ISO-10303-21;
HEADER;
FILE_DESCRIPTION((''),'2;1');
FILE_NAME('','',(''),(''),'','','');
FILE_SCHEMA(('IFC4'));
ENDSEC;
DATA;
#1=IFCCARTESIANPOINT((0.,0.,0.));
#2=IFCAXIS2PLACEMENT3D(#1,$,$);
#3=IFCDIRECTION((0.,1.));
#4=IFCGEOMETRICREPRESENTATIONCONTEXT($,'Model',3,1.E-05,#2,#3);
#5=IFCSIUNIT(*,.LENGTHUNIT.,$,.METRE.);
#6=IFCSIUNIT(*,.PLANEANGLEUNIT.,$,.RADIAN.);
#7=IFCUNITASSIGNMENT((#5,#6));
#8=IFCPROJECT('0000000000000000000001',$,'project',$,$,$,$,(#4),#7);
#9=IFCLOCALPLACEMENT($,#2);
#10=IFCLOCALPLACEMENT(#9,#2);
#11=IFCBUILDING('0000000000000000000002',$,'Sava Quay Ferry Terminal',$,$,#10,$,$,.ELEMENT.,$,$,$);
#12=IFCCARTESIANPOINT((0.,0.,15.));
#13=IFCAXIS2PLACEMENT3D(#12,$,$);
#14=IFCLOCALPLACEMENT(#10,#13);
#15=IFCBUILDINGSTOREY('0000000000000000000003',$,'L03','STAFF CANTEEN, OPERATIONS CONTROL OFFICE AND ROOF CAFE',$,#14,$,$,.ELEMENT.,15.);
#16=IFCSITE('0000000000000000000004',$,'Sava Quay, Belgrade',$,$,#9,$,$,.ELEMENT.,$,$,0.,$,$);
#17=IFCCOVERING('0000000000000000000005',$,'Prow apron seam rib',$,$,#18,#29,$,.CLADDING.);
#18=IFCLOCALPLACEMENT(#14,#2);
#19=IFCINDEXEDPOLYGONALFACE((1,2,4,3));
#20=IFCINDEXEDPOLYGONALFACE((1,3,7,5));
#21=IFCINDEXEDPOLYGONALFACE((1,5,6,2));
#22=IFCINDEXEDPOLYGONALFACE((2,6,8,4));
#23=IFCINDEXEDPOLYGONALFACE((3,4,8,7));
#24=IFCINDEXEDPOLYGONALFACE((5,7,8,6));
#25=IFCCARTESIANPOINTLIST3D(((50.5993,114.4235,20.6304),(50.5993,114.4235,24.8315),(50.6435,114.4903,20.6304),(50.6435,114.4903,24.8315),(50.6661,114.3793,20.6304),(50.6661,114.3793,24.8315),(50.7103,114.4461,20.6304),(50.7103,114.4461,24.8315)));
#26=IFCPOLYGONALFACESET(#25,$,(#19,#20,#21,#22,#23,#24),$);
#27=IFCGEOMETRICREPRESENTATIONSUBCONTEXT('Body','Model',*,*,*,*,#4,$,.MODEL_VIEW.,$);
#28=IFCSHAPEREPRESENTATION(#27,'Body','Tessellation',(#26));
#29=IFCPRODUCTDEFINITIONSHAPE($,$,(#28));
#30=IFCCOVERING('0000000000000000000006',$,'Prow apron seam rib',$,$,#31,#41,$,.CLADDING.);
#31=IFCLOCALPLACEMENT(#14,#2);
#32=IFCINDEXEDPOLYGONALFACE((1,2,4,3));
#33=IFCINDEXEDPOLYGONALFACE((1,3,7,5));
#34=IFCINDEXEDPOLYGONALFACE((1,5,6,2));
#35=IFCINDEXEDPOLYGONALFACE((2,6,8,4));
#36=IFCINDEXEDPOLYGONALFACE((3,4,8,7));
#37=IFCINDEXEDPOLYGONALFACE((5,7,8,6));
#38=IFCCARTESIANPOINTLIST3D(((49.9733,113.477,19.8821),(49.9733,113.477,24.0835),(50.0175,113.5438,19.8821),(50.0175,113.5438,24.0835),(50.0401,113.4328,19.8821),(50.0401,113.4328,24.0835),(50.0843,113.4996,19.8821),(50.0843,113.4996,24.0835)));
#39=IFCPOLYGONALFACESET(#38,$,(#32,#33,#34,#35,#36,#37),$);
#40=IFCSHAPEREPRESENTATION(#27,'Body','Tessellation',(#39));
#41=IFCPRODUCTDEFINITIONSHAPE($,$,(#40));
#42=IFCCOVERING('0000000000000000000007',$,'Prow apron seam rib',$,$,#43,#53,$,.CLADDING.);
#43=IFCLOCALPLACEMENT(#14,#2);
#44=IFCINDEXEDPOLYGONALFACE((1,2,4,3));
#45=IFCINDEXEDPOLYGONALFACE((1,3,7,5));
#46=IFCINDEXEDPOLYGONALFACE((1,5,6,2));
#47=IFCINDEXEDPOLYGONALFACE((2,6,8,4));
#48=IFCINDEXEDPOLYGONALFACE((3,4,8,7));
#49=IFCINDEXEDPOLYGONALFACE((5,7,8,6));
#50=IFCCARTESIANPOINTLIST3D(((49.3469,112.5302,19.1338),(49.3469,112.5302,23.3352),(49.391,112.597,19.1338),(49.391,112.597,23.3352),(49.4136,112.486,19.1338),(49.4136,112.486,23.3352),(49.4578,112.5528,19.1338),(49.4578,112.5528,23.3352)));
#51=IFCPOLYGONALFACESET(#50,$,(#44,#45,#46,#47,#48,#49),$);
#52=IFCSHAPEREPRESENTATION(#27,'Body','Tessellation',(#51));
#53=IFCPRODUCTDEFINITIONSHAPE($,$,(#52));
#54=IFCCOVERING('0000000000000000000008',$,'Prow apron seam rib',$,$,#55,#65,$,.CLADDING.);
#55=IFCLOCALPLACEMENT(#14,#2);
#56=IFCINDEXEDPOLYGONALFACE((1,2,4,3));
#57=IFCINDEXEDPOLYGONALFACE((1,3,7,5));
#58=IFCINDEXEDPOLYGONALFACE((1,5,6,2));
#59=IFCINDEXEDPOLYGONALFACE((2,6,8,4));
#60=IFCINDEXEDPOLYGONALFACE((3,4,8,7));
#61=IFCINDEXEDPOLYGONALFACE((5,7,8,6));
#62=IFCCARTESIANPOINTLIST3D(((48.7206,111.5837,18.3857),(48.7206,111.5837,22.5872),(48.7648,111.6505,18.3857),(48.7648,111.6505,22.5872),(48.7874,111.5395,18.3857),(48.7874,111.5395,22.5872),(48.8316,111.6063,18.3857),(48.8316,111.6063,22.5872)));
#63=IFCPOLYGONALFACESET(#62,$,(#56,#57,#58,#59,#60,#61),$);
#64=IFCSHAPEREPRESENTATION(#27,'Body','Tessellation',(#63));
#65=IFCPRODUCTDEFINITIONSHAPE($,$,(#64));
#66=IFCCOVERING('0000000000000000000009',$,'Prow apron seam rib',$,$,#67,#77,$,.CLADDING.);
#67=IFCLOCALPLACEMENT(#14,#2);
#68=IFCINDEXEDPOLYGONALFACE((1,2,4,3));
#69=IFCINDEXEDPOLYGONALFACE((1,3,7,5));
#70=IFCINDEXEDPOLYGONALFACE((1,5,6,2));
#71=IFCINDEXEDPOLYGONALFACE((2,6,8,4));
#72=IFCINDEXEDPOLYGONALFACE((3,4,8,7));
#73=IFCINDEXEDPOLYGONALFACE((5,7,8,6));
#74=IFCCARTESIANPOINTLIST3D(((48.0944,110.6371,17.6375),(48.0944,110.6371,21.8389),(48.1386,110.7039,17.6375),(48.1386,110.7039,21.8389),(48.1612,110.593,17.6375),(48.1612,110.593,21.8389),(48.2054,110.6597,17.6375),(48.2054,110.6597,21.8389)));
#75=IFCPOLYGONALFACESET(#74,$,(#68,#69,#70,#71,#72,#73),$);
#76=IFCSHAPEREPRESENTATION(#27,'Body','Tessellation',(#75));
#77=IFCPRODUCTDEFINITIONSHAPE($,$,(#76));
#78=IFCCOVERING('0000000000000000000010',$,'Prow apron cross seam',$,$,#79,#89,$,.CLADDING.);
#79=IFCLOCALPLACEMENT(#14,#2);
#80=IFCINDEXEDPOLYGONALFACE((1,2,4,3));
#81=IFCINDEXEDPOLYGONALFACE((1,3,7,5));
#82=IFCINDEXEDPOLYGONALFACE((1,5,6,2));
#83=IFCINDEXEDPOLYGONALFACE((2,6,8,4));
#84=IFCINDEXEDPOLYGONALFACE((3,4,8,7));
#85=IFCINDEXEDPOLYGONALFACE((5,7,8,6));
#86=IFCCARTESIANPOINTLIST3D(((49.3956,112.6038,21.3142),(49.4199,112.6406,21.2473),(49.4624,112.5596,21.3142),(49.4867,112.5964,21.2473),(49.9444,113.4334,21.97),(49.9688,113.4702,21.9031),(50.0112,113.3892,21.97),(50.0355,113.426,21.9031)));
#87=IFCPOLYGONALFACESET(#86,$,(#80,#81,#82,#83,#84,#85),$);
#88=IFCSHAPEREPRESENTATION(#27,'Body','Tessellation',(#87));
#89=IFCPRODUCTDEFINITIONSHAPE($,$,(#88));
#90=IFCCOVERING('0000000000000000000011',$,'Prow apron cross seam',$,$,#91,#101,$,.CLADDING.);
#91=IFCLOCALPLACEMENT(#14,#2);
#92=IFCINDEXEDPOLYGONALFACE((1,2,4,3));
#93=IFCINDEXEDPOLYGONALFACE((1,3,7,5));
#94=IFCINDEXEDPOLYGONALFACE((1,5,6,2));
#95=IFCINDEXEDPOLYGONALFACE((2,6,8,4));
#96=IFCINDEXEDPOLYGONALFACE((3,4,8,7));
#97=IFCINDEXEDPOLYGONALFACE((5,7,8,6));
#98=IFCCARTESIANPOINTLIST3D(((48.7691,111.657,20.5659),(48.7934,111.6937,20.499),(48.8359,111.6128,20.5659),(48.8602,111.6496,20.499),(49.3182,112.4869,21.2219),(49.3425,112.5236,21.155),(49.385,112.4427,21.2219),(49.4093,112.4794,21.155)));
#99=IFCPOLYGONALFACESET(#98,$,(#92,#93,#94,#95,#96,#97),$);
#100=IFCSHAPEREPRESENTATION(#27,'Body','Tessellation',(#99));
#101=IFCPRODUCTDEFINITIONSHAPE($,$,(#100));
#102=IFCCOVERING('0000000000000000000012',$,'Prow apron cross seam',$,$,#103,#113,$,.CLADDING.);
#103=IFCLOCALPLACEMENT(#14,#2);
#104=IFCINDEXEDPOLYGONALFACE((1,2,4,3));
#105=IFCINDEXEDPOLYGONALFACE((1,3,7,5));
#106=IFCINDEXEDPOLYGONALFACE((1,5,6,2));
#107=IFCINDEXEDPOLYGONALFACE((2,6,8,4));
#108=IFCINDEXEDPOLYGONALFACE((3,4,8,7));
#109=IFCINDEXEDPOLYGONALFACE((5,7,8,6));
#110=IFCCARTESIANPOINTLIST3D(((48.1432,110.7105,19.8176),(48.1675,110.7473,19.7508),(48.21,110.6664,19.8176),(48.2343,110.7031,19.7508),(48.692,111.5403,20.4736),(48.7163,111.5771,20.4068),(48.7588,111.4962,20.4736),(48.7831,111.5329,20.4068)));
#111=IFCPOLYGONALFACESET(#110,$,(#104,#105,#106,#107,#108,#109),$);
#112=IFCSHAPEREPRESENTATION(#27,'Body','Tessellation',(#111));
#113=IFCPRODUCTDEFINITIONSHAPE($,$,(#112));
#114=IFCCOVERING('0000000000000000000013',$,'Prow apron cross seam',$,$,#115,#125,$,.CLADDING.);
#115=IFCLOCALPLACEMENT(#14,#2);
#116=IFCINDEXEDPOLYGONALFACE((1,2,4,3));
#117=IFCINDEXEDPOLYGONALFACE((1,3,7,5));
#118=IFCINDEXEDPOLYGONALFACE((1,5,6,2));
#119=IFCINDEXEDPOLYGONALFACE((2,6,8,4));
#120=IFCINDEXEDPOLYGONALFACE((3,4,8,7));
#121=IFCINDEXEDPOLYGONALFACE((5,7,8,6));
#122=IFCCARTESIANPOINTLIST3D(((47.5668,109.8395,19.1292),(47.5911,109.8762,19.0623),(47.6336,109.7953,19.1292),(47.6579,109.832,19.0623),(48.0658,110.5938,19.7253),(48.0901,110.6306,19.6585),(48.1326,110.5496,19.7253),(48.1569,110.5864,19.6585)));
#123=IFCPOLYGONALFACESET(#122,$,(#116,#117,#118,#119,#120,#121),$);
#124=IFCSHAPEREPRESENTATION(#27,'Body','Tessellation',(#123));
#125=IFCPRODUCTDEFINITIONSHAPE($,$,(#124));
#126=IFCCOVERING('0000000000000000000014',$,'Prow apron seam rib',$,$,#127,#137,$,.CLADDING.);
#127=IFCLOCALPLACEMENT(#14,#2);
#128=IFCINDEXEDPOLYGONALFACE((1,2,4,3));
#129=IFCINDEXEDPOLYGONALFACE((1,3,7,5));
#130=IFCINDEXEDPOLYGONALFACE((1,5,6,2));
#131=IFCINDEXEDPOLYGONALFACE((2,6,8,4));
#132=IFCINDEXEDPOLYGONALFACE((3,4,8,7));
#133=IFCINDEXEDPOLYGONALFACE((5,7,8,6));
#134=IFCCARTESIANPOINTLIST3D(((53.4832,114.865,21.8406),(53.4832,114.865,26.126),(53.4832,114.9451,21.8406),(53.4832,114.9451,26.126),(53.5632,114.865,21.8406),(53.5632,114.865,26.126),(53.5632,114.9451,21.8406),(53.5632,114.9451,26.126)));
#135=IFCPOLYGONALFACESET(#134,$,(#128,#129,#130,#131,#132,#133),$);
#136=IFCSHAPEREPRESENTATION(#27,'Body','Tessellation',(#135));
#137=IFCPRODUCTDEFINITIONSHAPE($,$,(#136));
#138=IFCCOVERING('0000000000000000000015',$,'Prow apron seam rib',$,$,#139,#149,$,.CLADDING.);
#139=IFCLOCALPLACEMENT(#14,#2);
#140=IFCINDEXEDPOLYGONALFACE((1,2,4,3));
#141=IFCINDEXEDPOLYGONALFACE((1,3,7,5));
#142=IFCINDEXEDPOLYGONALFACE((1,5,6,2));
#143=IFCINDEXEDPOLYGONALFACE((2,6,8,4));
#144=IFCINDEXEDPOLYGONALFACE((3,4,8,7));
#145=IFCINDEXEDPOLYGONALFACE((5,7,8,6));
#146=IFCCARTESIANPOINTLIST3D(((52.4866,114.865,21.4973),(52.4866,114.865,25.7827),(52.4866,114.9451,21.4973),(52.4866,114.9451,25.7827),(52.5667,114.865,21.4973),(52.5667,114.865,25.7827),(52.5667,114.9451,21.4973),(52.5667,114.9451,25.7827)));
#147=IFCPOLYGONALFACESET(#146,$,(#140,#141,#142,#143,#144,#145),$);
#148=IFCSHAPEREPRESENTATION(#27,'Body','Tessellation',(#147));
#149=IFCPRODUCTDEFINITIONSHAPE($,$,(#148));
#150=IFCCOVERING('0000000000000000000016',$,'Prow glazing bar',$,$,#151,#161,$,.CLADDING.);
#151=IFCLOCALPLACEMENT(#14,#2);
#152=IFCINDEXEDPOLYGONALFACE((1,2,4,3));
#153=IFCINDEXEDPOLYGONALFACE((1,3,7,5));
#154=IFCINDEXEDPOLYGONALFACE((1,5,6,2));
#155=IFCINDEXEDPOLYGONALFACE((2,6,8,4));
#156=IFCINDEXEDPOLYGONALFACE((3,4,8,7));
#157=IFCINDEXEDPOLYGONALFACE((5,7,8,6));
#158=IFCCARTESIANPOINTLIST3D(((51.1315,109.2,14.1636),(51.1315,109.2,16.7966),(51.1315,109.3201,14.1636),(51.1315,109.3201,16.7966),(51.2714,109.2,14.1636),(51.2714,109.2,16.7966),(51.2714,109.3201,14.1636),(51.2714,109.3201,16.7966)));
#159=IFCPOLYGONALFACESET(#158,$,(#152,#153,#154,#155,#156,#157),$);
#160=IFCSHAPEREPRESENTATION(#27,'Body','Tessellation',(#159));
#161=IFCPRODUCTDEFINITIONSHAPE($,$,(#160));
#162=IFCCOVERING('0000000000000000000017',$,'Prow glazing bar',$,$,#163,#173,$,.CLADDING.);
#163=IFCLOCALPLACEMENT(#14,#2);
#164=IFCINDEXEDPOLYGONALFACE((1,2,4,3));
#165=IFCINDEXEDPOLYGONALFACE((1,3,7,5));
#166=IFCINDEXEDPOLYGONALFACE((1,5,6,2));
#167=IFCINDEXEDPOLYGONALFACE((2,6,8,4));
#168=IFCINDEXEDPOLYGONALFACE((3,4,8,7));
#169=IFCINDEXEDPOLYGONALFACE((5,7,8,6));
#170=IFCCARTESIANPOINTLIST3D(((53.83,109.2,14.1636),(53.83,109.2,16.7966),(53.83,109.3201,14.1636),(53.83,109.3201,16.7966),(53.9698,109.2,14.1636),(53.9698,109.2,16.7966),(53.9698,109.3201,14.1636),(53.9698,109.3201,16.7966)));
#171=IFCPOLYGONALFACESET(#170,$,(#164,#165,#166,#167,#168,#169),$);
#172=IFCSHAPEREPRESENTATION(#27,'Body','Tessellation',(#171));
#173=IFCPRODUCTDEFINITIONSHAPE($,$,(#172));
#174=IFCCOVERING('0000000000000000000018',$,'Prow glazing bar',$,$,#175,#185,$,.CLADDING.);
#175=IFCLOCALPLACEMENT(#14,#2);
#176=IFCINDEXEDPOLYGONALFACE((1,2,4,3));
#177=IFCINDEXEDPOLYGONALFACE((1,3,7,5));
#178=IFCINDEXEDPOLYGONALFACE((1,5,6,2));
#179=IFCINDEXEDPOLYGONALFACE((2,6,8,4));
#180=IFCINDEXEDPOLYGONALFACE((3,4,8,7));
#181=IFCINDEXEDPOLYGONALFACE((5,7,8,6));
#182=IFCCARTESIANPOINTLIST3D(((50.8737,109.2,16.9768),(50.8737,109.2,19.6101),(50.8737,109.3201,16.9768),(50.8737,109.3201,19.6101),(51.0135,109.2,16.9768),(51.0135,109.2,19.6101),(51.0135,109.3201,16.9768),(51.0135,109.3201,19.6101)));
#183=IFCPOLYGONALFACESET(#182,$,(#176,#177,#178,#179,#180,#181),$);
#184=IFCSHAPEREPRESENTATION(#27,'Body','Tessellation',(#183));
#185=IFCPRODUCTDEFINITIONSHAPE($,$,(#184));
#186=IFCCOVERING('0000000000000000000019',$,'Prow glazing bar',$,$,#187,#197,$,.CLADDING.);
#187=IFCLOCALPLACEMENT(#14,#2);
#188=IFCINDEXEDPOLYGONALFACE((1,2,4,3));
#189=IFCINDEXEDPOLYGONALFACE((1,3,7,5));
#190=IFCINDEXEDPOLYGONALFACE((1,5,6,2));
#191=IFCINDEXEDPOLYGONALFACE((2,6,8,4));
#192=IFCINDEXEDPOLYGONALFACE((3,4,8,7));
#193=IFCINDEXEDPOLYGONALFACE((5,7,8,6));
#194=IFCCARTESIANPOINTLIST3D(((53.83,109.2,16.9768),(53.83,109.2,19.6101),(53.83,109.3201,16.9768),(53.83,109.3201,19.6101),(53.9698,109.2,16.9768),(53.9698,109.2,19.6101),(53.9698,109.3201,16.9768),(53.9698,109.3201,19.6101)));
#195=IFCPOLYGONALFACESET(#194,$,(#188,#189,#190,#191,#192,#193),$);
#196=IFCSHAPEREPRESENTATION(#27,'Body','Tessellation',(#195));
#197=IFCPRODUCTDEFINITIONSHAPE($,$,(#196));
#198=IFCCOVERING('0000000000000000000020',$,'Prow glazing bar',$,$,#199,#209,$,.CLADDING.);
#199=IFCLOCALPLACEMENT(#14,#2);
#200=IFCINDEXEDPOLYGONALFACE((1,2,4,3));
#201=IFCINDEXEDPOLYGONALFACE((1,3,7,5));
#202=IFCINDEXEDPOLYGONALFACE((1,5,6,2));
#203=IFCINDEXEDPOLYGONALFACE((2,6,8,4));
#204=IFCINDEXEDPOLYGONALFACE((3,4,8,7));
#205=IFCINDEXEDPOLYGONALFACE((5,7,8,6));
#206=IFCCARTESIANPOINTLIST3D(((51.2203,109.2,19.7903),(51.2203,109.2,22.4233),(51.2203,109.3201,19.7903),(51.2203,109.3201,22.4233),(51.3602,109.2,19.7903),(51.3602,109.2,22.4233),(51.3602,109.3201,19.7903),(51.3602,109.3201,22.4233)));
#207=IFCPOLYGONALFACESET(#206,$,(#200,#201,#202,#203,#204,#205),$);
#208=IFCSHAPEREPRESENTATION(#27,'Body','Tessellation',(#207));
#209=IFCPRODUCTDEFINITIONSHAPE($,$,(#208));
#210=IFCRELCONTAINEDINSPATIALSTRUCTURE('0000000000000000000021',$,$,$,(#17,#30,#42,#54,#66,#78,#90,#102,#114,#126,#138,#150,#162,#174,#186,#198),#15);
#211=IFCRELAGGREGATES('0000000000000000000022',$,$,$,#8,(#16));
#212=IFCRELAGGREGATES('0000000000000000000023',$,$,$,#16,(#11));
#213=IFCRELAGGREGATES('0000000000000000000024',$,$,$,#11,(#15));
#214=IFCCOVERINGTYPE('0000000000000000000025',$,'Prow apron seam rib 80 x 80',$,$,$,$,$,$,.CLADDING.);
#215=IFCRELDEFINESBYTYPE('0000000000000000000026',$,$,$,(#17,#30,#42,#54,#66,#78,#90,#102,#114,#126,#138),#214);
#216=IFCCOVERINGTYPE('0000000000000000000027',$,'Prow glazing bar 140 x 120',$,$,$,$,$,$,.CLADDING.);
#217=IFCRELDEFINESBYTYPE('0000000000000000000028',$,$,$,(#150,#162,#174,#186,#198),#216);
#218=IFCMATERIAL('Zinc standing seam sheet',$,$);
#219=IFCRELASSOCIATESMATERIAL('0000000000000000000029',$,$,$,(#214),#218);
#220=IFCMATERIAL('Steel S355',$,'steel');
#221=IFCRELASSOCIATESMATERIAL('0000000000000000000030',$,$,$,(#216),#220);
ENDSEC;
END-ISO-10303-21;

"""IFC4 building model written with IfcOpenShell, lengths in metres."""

from ifc_helpers import new_model, si_unit, direction, frame, origin, origin_2d, place, context, subcontext, project, spatial, rectangle, extrude, material, material_profile, profile_set, type_object, element, save


model = new_model("IFC4")

# Units and contexts
model_context = context("Model", 3, precision=1e-05, world=origin(), true_north=direction((0.0, 1.0)))
body_context = subcontext(model_context, "Body", "Model", "MODEL_VIEW")
ifc_project = project(units=[si_unit("LENGTHUNIT", "METRE"), si_unit("PLANEANGLEUNIT", "RADIAN")], contexts=[model_context])

# Site, building, storey
site_placement = place(None, origin())
site = spatial("IfcSite", under=ifc_project, at=site_placement, Name="Sava Quay, Belgrade", CompositionType="ELEMENT", RefElevation=0.0)
building_placement = place(site_placement, origin())
building = spatial("IfcBuilding", under=site, at=building_placement, Name="Sava Quay Ferry Terminal", CompositionType="ELEMENT")
storey_placement = place(building_placement, frame((0.0, 0.0, 15.0)))
storey = spatial("IfcBuildingStorey", under=building, at=storey_placement, Name="L03", Description="STAFF CANTEEN, OPERATIONS CONTROL OFFICE AND ROOF CAFE", CompositionType="ELEMENT", Elevation=15.0)

# Coverings
ifc_material_1 = material(Name="Zinc standing seam sheet")
ifc_material_profile_1 = material_profile(ifc_material_1, rectangle(XDim=0.0801, YDim=0.0801, at=origin_2d()), Name="Strip 80 x 80")
ifc_profile_set_1 = profile_set([ifc_material_profile_1], Name="Zinc standing seam sheet")
covering_type_1 = type_object("IfcCoveringType", Name="Prow apron seam rib 80 x 80", PredefinedType="CLADDING", material=ifc_profile_set_1)
covering_1_placement = place(storey_placement, frame((50.6548, 114.4348, 20.6304), z_axis=(0.0, 0.0, 1.0), x_axis=(0.551747, 0.834012, 0.0)))
element("IfcCovering", 1, at=covering_1_placement, inside=storey, type_object=covering_type_1, Name="Prow apron seam rib", PredefinedType="CLADDING", context=body_context, shape_type="SweptSolid", body=[
    extrude(rectangle(XDim=0.0801, YDim=0.0801, at=origin_2d()), origin(), (0.0, 0.0, 1.0), 4.2012),
])
for number, where, z_axis, x_axis, name in (
    (2, (50.0288, 113.4883, 19.8821), (0.0, 0.0, 1.0), (0.551747, 0.834012, 0.0), "Prow apron seam rib"),
    (3, (49.4023, 112.5415, 19.1338), (0.0, 0.0, 1.0), (0.551747, 0.834012, 0.0), "Prow apron seam rib"),
    (4, (48.7761, 111.595, 18.3857), (0.0, 0.0, 1.0), (0.551747, 0.834012, 0.0), "Prow apron seam rib"),
    (5, (48.1499, 110.6484, 17.6375), (0.0, 0.0, 1.0), (0.551747, 0.834012, 0.0), "Prow apron seam rib"),
):
    element("IfcCovering", number, at=place(storey_placement, frame(where, z_axis=z_axis, x_axis=x_axis)), inside=storey, type_object=covering_type_1, Name=name, PredefinedType="CLADDING", context=body_context, shape_type="SweptSolid", body=[
        extrude(rectangle(XDim=0.0801, YDim=0.0801, at=origin_2d()), origin(), (0.0, 0.0, 1.0), 4.2014),
    ])
covering_2_placement = place(storey_placement, frame((49.99, 113.4297, 21.9365), z_axis=(-0.460655, -0.69631, -0.550409), x_axis=(-0.303689, -0.459046, 0.834895)))
element("IfcCovering", 6, at=covering_2_placement, inside=storey, type_object=covering_type_1, Name="Prow apron cross seam", PredefinedType="CLADDING", context=body_context, shape_type="SweptSolid", body=[
    extrude(rectangle(XDim=0.0801, YDim=0.0801, at=origin_2d()), origin(), (0.0, 0.0, 1.0), 1.1914),
])
covering_3_placement = place(storey_placement, frame((49.3638, 112.4832, 21.1885), z_axis=(-0.460698, -0.696271, -0.550421), x_axis=(-0.303727, -0.459035, 0.834887)))
element("IfcCovering", 7, at=covering_3_placement, inside=storey, type_object=covering_type_1, Name="Prow apron cross seam", PredefinedType="CLADDING", context=body_context, shape_type="SweptSolid", body=[
    extrude(rectangle(XDim=0.0801, YDim=0.0801, at=origin_2d()), origin(), (0.0, 0.0, 1.0), 1.1919),
])
covering_4_placement = place(storey_placement, frame((48.7375, 111.5366, 20.4402), z_axis=(-0.460537, -0.696337, -0.550473), x_axis=(-0.303662, -0.45914, 0.834853)))
element("IfcCovering", 8, at=covering_4_placement, inside=storey, type_object=covering_type_1, Name="Prow apron cross seam", PredefinedType="CLADDING", context=body_context, shape_type="SweptSolid", body=[
    extrude(rectangle(XDim=0.0801, YDim=0.0801, at=origin_2d()), origin(), (0.0, 0.0, 1.0), 1.1917),
])
covering_5_placement = place(storey_placement, frame((48.1113, 110.5901, 19.6919), z_axis=(-0.460643, -0.696374, -0.550338), x_axis=(-0.303625, -0.459003, 0.834942)))
element("IfcCovering", 9, at=covering_5_placement, inside=storey, type_object=covering_type_1, Name="Prow apron cross seam", PredefinedType="CLADDING", context=body_context, shape_type="SweptSolid", body=[
    extrude(rectangle(XDim=0.0801, YDim=0.0801, at=origin_2d()), origin(), (0.0, 0.0, 1.0), 1.0833),
])
for number, where, z_axis, x_axis, name in (
    (10, (53.5232, 114.905, 21.8406), (0.0, 0.0, 1.0), (1.0, 0.0, 0.0), "Prow apron seam rib"),
    (11, (52.5266, 114.905, 21.4973), (0.0, 0.0, 1.0), (1.0, 0.0, 0.0), "Prow apron seam rib"),
):
    element("IfcCovering", number, at=place(storey_placement, frame(where, z_axis=z_axis, x_axis=x_axis)), inside=storey, type_object=covering_type_1, Name=name, PredefinedType="CLADDING", context=body_context, shape_type="SweptSolid", body=[
        extrude(rectangle(XDim=0.0801, YDim=0.0801, at=origin_2d()), origin(), (0.0, 0.0, 1.0), 4.2854),
    ])
ifc_material_2 = material(Name="Steel S355", Category="steel")
ifc_material_profile_2 = material_profile(ifc_material_2, rectangle(XDim=0.1399, YDim=0.1201, at=origin_2d()), Name="Strip 140 x 120")
ifc_profile_set_2 = profile_set([ifc_material_profile_2], Name="Steel S355")
covering_type_2 = type_object("IfcCoveringType", Name="Prow glazing bar 140 x 120", PredefinedType="CLADDING", material=ifc_profile_set_2)
for number, where, z_axis, x_axis, name in (
    (12, (51.2014, 109.26, 14.1636), (0.0, 0.0, 1.0), (1.0, 0.0, 0.0), "Prow glazing bar"),
    (13, (53.8999, 109.26, 14.1636), (0.0, 0.0, 1.0), (1.0, 0.0, 0.0), "Prow glazing bar"),
):
    element("IfcCovering", number, at=place(storey_placement, frame(where, z_axis=z_axis, x_axis=x_axis)), inside=storey, type_object=covering_type_2, Name=name, PredefinedType="CLADDING", context=body_context, shape_type="SweptSolid", body=[
        extrude(rectangle(XDim=0.1399, YDim=0.1201, at=origin_2d()), origin(), (0.0, 0.0, 1.0), 2.6331),
    ])
for number, where, z_axis, x_axis, name in (
    (14, (50.9436, 109.26, 16.9768), (0.0, 0.0, 1.0), (1.0, 0.0, 0.0), "Prow glazing bar"),
    (15, (53.8999, 109.26, 16.9768), (0.0, 0.0, 1.0), (1.0, 0.0, 0.0), "Prow glazing bar"),
):
    element("IfcCovering", number, at=place(storey_placement, frame(where, z_axis=z_axis, x_axis=x_axis)), inside=storey, type_object=covering_type_2, Name=name, PredefinedType="CLADDING", context=body_context, shape_type="SweptSolid", body=[
        extrude(rectangle(XDim=0.1399, YDim=0.1201, at=origin_2d()), origin(), (0.0, 0.0, 1.0), 2.6333),
    ])
for number, where, z_axis, x_axis, name in (
    (16, (51.2903, 109.26, 19.7903), (0.0, 0.0, 1.0), (1.0, 0.0, 0.0), "Prow glazing bar"),
):
    element("IfcCovering", number, at=place(storey_placement, frame(where, z_axis=z_axis, x_axis=x_axis)), inside=storey, type_object=covering_type_2, Name=name, PredefinedType="CLADDING", context=body_context, shape_type="SweptSolid", body=[
        extrude(rectangle(XDim=0.1399, YDim=0.1201, at=origin_2d()), origin(), (0.0, 0.0, 1.0), 2.6331),
    ])

save(model, "model.ifc")
